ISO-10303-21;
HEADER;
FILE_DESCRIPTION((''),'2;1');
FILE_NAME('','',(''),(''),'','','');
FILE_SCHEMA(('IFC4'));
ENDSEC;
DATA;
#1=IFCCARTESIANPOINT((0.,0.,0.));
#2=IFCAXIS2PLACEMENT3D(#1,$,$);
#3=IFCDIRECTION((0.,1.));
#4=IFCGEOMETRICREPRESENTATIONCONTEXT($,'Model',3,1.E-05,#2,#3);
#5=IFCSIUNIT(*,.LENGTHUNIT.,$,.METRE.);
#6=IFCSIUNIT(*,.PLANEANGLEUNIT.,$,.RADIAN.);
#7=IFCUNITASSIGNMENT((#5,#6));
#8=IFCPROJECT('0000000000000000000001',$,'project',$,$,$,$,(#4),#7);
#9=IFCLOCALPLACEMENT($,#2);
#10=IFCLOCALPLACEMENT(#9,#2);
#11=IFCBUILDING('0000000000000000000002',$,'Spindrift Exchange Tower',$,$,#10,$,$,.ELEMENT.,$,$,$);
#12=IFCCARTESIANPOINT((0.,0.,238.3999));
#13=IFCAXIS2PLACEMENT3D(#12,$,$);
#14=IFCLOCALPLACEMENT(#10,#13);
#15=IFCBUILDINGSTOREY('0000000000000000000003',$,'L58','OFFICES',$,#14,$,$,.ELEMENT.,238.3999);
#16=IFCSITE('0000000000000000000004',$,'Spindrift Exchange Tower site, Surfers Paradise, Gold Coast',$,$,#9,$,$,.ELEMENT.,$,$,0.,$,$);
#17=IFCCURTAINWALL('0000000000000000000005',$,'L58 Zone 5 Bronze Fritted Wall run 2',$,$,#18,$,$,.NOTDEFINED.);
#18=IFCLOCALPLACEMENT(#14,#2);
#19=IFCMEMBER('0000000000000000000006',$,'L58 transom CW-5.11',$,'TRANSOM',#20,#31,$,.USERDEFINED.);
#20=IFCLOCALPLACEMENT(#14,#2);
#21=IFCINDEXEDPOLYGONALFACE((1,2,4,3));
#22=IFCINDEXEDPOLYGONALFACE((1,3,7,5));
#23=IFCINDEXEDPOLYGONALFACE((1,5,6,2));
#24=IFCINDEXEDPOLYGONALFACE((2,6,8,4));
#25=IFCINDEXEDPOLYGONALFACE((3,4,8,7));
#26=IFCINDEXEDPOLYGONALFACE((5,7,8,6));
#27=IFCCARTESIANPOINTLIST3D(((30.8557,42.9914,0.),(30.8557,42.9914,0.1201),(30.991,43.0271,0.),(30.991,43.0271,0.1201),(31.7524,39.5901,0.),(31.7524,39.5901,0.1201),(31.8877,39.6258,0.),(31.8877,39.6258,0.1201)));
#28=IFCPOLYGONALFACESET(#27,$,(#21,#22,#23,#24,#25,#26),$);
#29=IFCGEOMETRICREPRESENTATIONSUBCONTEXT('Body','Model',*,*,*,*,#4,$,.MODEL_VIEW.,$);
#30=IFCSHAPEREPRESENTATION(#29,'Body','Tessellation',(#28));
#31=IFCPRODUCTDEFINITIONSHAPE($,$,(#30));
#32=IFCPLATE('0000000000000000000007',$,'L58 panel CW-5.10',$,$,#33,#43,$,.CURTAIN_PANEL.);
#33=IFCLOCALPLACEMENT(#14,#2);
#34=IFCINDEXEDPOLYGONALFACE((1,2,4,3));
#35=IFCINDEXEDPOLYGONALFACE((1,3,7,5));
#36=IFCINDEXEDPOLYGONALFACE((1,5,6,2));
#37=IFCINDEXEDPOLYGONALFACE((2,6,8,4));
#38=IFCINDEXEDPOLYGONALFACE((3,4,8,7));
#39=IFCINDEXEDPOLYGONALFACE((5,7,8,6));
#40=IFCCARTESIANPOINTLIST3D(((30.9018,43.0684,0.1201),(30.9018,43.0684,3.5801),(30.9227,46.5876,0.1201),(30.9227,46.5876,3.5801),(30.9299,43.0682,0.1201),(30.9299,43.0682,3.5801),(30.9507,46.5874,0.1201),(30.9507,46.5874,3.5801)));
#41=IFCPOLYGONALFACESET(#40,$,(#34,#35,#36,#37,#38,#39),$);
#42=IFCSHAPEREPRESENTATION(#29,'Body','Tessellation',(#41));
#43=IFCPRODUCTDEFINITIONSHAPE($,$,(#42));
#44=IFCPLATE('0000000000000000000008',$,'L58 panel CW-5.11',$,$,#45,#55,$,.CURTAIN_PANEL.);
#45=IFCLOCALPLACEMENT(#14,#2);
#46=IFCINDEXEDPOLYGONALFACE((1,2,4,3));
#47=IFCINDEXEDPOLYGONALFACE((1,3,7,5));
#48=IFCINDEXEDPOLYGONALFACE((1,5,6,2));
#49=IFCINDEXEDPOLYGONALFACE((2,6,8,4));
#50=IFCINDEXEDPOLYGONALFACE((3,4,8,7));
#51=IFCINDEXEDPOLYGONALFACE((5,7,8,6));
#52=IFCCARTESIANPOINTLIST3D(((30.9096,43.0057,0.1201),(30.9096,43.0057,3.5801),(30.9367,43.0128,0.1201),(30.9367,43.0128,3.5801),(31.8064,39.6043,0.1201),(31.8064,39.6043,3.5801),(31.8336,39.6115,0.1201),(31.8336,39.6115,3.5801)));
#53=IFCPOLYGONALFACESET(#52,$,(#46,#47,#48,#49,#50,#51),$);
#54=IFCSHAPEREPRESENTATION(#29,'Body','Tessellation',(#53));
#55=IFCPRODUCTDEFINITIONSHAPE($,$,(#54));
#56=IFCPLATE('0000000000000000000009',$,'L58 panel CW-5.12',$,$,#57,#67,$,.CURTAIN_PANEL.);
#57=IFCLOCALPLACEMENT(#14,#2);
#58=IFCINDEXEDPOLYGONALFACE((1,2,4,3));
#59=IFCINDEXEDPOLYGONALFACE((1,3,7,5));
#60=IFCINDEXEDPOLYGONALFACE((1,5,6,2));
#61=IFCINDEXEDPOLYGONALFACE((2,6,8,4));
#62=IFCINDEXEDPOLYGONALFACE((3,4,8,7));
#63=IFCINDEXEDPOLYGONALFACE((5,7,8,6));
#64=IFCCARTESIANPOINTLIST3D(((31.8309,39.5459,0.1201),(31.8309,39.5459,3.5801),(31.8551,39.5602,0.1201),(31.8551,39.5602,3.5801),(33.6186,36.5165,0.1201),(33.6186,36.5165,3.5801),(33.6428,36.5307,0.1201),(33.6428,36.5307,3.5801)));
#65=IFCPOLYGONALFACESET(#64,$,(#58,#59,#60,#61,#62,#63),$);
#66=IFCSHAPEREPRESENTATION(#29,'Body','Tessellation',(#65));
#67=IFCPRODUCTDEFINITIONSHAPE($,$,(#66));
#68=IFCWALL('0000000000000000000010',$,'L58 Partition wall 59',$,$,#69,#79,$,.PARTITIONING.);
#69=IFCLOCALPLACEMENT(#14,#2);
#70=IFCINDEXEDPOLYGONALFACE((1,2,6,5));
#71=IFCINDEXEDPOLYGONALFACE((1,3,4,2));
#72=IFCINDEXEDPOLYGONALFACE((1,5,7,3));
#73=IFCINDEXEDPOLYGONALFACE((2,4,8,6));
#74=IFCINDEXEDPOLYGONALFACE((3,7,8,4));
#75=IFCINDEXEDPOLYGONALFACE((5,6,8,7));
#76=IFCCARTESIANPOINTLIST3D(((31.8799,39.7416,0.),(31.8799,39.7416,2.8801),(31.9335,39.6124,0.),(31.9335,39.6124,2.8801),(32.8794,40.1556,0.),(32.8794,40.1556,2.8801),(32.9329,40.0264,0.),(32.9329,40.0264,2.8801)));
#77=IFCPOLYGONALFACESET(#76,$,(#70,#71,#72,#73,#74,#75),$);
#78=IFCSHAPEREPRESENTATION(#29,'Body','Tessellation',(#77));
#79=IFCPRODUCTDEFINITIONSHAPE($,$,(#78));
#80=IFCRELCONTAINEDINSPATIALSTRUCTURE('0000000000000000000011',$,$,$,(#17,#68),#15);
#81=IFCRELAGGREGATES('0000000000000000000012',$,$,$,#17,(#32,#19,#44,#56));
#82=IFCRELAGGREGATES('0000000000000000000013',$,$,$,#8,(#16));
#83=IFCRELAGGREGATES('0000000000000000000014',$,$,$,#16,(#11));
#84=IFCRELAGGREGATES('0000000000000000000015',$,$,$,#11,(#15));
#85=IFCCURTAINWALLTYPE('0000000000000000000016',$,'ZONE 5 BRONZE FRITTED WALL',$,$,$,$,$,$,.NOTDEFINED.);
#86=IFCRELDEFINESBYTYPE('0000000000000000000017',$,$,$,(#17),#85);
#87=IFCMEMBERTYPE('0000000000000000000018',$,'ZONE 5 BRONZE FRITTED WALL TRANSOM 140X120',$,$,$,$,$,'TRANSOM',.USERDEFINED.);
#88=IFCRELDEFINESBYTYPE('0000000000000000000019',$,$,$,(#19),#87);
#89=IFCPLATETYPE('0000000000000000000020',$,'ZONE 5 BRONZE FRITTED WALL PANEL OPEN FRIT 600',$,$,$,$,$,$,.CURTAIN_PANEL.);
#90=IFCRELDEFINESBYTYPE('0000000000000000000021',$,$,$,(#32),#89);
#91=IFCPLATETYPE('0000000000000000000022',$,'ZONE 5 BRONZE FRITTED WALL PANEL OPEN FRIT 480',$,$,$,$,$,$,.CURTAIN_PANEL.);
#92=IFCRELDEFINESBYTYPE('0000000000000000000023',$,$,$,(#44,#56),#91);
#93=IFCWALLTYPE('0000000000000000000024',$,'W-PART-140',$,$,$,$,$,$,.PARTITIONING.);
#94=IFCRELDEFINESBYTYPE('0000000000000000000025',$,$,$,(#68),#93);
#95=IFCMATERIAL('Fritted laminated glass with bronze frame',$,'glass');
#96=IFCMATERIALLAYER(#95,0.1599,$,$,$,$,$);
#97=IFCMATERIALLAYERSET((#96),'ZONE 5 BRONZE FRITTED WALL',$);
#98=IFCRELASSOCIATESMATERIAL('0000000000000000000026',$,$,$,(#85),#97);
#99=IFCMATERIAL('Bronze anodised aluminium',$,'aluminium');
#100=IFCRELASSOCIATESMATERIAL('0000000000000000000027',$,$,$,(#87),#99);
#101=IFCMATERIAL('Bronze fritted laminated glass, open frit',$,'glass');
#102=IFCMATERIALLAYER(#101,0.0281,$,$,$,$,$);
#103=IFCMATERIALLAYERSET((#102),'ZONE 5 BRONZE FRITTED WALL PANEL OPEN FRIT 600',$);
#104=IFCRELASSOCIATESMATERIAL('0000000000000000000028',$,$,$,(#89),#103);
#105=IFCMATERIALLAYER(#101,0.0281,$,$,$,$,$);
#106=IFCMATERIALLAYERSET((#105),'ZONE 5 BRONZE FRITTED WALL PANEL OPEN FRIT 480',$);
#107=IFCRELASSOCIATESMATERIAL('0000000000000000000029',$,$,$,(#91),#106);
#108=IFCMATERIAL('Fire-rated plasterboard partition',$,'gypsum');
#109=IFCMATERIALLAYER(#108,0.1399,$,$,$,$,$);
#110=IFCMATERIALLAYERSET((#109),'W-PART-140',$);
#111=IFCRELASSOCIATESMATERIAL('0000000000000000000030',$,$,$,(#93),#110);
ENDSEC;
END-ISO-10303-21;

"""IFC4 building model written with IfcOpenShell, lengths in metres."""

from ifc_helpers import new_model, si_unit, direction, frame, frame_2d, origin, origin_2d, place, context, subcontext, project, spatial, rectangle, extrude, source, transform, mapped, material, layer, layer_set, material_profile, profile_set, type_object, element, aggregate, save


model = new_model("IFC4")

# Units and contexts
model_context = context("Model", 3, precision=1e-05, world=origin(), true_north=direction((0.0, 1.0)))
body_context = subcontext(model_context, "Body", "Model", "MODEL_VIEW")
ifc_project = project(units=[si_unit("LENGTHUNIT", "METRE"), si_unit("PLANEANGLEUNIT", "RADIAN")], contexts=[model_context])

# Site, building, storey
site_placement = place(None, origin())
site = spatial("IfcSite", under=ifc_project, at=site_placement, Name="Spindrift Exchange Tower site, Surfers Paradise, Gold Coast", CompositionType="ELEMENT", RefElevation=0.0)
building_placement = place(site_placement, origin())
building = spatial("IfcBuilding", under=site, at=building_placement, Name="Spindrift Exchange Tower", CompositionType="ELEMENT")
storey_placement = place(building_placement, frame((0.0, 0.0, 238.3999)))
storey = spatial("IfcBuildingStorey", under=building, at=storey_placement, Name="L58", Description="OFFICES", CompositionType="ELEMENT", Elevation=238.3999)

# Curtain wall, member, plates
ifc_material_1 = material(Name="Fritted laminated glass with bronze frame", Category="glass")
ifc_layer_1 = layer(ifc_material_1, 0.1599)
ifc_layer_set_1 = layer_set([ifc_layer_1], Name="ZONE 5 BRONZE FRITTED WALL")
curtain_wall_type = type_object("IfcCurtainWallType", Name="ZONE 5 BRONZE FRITTED WALL", PredefinedType="NOTDEFINED", material=ifc_layer_set_1)
curtain_wall_placement = place(storey_placement, origin())
curtain_wall = element("IfcCurtainWall", 1, at=curtain_wall_placement, inside=storey, type_object=curtain_wall_type, Name="L58 Zone 5 Bronze Fritted Wall run 2", PredefinedType="NOTDEFINED")
ifc_material_2 = material(Name="Bronze anodised aluminium", Category="aluminium")
ifc_material_profile_1 = material_profile(ifc_material_2, rectangle(XDim=0.1399, YDim=0.1201, at=origin_2d()), Name="ZONE 5 BRONZE FRITTED WALL TRANSOM 140X120")
ifc_profile_set_1 = profile_set([ifc_material_profile_1], Name="Bronze anodised aluminium")
member_type_1 = type_object("IfcMemberType", Name="ZONE 5 BRONZE FRITTED WALL TRANSOM 140X120", ElementType="TRANSOM", PredefinedType="USERDEFINED", material=ifc_profile_set_1)
shared_shape_1 = source(origin(), body_context, "Body", "SweptSolid", [
    extrude(rectangle(XDim=0.1399, YDim=0.1201, at=origin_2d()), origin(), (0.0, 0.0, 1.0), 3.5176),
])
member_1_placement = place(storey_placement, frame((30.9233, 43.0093, 0.0601), z_axis=(0.254927, -0.96696, 0.0), x_axis=(0.96696, 0.254927, 0.0)))
member_1 = element("IfcMember", 2, at=member_1_placement, type_object=member_type_1, Name="L58 transom CW-5.11", ObjectType="TRANSOM", PredefinedType="USERDEFINED", context=body_context, shape_type="MappedRepresentation", body=[
    mapped(shared_shape_1, transform((0.0, 0.0, 0.0), scale=1.0)),
])
ifc_material_3 = material(Name="Bronze fritted laminated glass, open frit", Category="glass")
ifc_layer_2 = layer(ifc_material_3, 0.0281)
ifc_layer_set_2 = layer_set([ifc_layer_2], Name="ZONE 5 BRONZE FRITTED WALL PANEL OPEN FRIT 600")
plate_type_1 = type_object("IfcPlateType", Name="ZONE 5 BRONZE FRITTED WALL PANEL OPEN FRIT 600", PredefinedType="CURTAIN_PANEL", material=ifc_layer_set_2)
shared_shape_2 = source(origin(), body_context, "Body", "SweptSolid", [
    extrude(rectangle(XDim=3.5193, YDim=0.0281, at=origin_2d()), origin(), (0.0, 0.0, 1.0), 3.46),
])
plate_1_placement = place(storey_placement, frame((30.9263, 44.8279, 0.1201), z_axis=(0.0, 0.0, 1.0), x_axis=(-0.005924, -0.999982, 0.0)))
plate_1 = element("IfcPlate", 3, at=plate_1_placement, type_object=plate_type_1, Name="L58 panel CW-5.10", PredefinedType="CURTAIN_PANEL", context=body_context, shape_type="MappedRepresentation", body=[
    mapped(shared_shape_2, transform((0.0, 0.0, 0.0), scale=1.0)),
])
ifc_layer_3 = layer(ifc_material_3, 0.0281)
ifc_layer_set_3 = layer_set([ifc_layer_3], Name="ZONE 5 BRONZE FRITTED WALL PANEL OPEN FRIT 480")
plate_type_2 = type_object("IfcPlateType", Name="ZONE 5 BRONZE FRITTED WALL PANEL OPEN FRIT 480", PredefinedType="CURTAIN_PANEL", material=ifc_layer_set_3)
shared_shape_3 = source(origin(), body_context, "Body", "SweptSolid", [
    extrude(rectangle(XDim=3.5176, YDim=0.0281, at=origin_2d()), origin(), (0.0, 0.0, 1.0), 3.46),
])
plate_2_placement = place(storey_placement, frame((31.3716, 41.3086, 0.1201), z_axis=(0.0, 0.0, 1.0), x_axis=(0.254953, -0.966953, 0.0)))
plate_2 = element("IfcPlate", 4, at=plate_2_placement, type_object=plate_type_2, Name="L58 panel CW-5.11", PredefinedType="CURTAIN_PANEL", context=body_context, shape_type="MappedRepresentation", body=[
    mapped(shared_shape_3, transform((0.0, 0.0, 0.0), scale=1.0)),
])
plate_3_placement = place(storey_placement, frame((32.7368, 38.0383, 0.1201), z_axis=(0.0, 0.0, 1.0), x_axis=(0.508221, -0.861227, 0.0)))
plate_3 = element("IfcPlate", 5, at=plate_3_placement, type_object=plate_type_2, Name="L58 panel CW-5.12", PredefinedType="CURTAIN_PANEL", context=body_context, shape_type="MappedRepresentation", body=[
    mapped(shared_shape_3, transform((0.0, 0.0, 0.0), scale=1.0)),
])
aggregate(curtain_wall, [plate_1, member_1, plate_2, plate_3])

# Wall
ifc_material_4 = material(Name="Fire-rated plasterboard partition", Category="gypsum")
ifc_layer_4 = layer(ifc_material_4, 0.1399)
ifc_layer_set_4 = layer_set([ifc_layer_4], Name="W-PART-140")
wall_type = type_object("IfcWallType", Name="W-PART-140", PredefinedType="PARTITIONING", material=ifc_layer_set_4)
wall_placement = place(storey_placement, frame((32.9062, 40.0911, 0.0), z_axis=(0.0, 0.0, 1.0), x_axis=(-0.923863, -0.382724, 0.0)))
element("IfcWall", 6, at=wall_placement, inside=storey, type_object=wall_type, Name="L58 Partition wall 59", PredefinedType="PARTITIONING", context=body_context, shape_type="SweptSolid", body=[
    extrude(rectangle(XDim=1.0818, YDim=0.1399, at=frame_2d((0.541, 0.0))), origin(), (0.0, 0.0, 1.0), 2.8801),
])

save(model, "model.ifc")
